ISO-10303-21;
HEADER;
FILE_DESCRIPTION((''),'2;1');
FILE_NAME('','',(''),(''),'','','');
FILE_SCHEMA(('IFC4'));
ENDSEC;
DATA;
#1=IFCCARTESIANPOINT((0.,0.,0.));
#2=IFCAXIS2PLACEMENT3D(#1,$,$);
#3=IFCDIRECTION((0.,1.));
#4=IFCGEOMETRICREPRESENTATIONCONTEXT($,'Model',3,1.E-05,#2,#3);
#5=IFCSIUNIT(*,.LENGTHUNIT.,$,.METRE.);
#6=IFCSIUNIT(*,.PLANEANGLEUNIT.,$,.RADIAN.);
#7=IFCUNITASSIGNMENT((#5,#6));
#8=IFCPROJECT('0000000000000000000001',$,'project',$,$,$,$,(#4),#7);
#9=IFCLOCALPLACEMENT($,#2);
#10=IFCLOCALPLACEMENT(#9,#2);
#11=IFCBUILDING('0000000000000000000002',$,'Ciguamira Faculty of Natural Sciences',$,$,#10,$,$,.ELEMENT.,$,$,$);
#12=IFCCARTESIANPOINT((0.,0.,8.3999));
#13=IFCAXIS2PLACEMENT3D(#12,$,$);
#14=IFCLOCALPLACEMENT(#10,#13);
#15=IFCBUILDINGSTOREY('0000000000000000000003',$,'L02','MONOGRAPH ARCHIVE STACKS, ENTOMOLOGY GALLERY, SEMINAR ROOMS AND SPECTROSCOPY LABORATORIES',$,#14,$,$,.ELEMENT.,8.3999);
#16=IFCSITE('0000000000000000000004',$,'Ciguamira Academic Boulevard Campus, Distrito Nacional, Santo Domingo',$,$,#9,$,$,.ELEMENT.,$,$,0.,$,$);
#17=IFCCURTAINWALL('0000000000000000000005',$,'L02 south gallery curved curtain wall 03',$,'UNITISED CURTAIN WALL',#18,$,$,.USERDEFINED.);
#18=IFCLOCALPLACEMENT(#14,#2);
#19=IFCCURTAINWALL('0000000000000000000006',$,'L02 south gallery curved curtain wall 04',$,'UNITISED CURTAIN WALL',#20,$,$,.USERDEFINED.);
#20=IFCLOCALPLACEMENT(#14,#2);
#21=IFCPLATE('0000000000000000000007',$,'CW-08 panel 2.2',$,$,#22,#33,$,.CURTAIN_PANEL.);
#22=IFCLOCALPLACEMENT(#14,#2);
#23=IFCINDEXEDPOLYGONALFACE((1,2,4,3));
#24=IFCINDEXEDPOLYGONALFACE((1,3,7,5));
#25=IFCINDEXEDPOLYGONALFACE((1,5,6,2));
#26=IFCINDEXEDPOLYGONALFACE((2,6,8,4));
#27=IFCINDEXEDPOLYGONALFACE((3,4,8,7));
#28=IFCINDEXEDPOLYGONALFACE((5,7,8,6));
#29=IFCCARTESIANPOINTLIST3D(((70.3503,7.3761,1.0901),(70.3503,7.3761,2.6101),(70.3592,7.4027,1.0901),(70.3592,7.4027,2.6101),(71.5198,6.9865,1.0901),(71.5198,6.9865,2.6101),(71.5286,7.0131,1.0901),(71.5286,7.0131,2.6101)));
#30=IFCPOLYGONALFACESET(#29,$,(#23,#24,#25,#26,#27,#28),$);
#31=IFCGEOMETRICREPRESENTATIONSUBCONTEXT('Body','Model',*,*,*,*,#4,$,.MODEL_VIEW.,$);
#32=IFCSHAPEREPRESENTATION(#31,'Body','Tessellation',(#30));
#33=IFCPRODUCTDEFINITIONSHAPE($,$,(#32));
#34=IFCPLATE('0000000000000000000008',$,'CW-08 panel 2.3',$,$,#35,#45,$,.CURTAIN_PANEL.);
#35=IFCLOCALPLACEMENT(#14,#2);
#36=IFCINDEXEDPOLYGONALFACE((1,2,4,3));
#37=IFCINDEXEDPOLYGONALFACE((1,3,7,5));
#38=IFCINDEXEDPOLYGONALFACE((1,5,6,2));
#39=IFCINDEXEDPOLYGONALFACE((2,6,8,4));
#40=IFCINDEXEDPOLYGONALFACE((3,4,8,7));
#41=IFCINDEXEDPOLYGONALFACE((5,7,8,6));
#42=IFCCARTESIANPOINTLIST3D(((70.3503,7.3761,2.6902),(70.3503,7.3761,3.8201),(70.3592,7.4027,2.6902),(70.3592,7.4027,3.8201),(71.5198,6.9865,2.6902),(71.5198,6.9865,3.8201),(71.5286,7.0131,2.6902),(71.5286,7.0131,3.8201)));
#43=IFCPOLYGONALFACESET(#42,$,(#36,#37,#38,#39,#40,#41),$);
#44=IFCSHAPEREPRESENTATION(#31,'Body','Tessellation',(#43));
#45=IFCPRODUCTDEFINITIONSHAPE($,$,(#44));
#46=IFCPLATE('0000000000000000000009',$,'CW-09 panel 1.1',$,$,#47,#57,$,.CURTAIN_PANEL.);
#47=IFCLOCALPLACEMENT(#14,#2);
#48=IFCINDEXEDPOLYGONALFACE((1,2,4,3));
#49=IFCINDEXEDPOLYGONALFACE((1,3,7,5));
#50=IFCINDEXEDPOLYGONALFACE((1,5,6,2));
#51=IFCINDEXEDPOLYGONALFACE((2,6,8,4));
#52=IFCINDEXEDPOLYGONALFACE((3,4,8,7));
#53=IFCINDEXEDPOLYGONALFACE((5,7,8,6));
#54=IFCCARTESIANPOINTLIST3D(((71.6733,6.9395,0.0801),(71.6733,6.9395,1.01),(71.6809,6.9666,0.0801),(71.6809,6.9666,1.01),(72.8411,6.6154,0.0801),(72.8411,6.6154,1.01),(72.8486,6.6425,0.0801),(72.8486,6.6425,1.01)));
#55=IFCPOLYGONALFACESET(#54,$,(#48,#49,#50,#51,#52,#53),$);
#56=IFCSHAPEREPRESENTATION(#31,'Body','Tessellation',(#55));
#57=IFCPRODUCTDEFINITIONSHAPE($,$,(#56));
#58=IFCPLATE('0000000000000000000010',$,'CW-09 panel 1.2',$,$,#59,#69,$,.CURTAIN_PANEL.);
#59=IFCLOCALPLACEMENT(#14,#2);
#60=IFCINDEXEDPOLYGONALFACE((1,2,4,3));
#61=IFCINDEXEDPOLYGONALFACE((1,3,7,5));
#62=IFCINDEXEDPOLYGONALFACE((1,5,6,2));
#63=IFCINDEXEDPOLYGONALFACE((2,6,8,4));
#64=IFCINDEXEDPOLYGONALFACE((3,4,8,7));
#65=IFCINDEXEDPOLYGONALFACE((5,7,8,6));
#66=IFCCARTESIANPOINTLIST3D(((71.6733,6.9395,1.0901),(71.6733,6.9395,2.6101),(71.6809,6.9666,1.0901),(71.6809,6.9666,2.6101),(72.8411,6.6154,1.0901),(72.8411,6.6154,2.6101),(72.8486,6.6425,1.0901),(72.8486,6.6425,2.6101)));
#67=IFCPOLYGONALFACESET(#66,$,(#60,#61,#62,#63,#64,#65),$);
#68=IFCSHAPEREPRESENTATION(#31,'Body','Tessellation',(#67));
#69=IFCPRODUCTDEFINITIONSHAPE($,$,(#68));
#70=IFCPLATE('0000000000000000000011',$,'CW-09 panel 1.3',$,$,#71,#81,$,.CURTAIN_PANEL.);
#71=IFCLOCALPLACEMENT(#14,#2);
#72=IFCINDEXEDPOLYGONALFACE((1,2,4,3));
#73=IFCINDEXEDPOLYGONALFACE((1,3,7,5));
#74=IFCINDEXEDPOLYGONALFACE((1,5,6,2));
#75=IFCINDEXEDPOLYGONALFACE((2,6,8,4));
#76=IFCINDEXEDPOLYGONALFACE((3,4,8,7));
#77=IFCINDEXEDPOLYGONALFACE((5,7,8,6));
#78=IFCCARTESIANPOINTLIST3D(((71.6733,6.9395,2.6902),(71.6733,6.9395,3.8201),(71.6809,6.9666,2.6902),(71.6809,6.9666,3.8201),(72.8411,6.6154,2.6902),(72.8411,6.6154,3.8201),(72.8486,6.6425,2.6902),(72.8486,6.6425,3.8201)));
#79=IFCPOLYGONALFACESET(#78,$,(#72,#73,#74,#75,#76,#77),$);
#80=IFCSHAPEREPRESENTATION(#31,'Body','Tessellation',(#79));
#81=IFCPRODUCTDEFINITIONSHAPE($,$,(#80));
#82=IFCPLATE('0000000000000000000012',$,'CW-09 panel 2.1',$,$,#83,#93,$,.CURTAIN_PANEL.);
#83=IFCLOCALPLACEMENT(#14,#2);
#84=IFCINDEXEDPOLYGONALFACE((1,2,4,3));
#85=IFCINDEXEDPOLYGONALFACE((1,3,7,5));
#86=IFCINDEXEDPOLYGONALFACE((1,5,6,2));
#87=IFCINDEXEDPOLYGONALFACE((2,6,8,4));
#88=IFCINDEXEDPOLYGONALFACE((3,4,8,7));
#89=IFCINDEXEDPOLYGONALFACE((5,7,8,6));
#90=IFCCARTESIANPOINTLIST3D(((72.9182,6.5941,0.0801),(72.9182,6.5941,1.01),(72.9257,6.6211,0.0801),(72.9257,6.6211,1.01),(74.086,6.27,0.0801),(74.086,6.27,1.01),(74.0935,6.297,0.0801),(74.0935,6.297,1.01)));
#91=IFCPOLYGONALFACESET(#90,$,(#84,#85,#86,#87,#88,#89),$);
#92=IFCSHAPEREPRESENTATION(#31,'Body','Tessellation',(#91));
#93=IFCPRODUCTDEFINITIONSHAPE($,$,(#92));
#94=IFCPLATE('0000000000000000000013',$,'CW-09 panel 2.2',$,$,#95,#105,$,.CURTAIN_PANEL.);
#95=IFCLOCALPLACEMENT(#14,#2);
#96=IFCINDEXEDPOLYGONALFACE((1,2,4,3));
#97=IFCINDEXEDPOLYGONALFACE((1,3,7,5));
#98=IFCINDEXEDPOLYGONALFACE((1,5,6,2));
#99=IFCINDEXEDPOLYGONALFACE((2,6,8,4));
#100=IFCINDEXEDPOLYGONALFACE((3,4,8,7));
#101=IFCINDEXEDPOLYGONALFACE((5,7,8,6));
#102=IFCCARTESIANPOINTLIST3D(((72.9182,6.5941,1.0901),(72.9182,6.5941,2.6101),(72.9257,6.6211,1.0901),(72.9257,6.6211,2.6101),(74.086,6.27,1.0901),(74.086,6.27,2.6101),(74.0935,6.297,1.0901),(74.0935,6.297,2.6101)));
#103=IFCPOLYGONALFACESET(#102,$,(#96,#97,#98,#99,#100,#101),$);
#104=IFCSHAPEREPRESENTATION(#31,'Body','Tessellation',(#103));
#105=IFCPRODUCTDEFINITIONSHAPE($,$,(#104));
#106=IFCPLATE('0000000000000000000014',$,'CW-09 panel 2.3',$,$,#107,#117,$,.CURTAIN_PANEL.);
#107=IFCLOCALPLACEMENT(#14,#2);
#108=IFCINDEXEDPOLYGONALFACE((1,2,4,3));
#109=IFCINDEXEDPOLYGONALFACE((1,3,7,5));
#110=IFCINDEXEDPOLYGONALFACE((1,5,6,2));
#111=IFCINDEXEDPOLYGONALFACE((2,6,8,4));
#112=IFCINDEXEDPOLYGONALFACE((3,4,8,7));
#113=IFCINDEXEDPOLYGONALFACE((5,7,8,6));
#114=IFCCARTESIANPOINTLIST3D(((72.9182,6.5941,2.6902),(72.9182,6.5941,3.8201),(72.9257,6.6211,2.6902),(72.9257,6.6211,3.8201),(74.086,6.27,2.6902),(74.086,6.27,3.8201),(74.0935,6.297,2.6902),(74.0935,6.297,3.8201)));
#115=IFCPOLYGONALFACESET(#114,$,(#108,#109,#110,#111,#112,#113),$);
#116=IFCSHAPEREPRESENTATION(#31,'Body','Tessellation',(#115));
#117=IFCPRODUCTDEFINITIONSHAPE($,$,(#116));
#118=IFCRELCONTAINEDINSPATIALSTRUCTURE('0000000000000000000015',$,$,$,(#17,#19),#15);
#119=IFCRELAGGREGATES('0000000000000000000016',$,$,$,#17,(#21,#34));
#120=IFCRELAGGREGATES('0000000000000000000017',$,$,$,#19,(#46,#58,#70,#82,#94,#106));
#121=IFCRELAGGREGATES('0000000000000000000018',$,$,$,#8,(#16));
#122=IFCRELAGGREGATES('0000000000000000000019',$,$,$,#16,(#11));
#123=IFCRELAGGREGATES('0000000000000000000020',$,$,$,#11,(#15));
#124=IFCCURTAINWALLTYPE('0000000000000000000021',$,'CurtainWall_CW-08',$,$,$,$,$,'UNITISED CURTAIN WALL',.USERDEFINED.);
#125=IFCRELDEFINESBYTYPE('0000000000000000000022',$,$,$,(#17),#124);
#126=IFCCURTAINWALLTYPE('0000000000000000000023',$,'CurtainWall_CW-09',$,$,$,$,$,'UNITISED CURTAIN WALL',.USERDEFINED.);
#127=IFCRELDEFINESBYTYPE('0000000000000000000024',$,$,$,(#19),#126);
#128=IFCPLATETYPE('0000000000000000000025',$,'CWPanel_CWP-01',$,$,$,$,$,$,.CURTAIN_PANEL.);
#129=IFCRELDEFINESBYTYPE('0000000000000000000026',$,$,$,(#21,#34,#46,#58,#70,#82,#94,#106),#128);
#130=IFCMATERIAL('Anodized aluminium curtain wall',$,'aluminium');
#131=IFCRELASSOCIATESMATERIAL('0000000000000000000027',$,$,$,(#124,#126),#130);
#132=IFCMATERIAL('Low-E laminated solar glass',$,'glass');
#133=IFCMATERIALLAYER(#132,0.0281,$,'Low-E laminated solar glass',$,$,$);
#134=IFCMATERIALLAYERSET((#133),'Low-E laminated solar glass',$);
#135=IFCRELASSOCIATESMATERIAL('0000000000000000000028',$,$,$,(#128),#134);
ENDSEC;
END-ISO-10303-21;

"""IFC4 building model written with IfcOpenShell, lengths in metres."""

from ifc_helpers import new_model, si_unit, direction, frame, origin, origin_2d, place, context, subcontext, project, spatial, rectangle, extrude, material, layer, layer_set, type_object, element, aggregate, save


model = new_model("IFC4")

# Units and contexts
model_context = context("Model", 3, precision=1e-05, world=origin(), true_north=direction((0.0, 1.0)))
body_context = subcontext(model_context, "Body", "Model", "MODEL_VIEW")
ifc_project = project(units=[si_unit("LENGTHUNIT", "METRE"), si_unit("PLANEANGLEUNIT", "RADIAN")], contexts=[model_context])

# Site, building, storey
site_placement = place(None, origin())
site = spatial("IfcSite", under=ifc_project, at=site_placement, Name="Ciguamira Academic Boulevard Campus, Distrito Nacional, Santo Domingo", CompositionType="ELEMENT", RefElevation=0.0)
building_placement = place(site_placement, origin())
building = spatial("IfcBuilding", under=site, at=building_placement, Name="Ciguamira Faculty of Natural Sciences", CompositionType="ELEMENT")
storey_placement = place(building_placement, frame((0.0, 0.0, 8.3999)))
storey = spatial("IfcBuildingStorey", under=building, at=storey_placement, Name="L02", Description="MONOGRAPH ARCHIVE STACKS, ENTOMOLOGY GALLERY, SEMINAR ROOMS AND SPECTROSCOPY LABORATORIES", CompositionType="ELEMENT", Elevation=8.3999)

# Curtain wall
ifc_material_1 = material(Name="Anodized aluminium curtain wall", Category="aluminium")
curtain_wall_type_1 = type_object("IfcCurtainWallType", Name="CurtainWall_CW-08", ElementType="UNITISED CURTAIN WALL", PredefinedType="USERDEFINED", material=ifc_material_1)
curtain_wall_1_placement = place(storey_placement, origin())
curtain_wall_1 = element("IfcCurtainWall", 1, at=curtain_wall_1_placement, inside=storey, type_object=curtain_wall_type_1, Name="L02 south gallery curved curtain wall 03", ObjectType="UNITISED CURTAIN WALL", PredefinedType="USERDEFINED")

# Curtain wall
curtain_wall_type_2 = type_object("IfcCurtainWallType", Name="CurtainWall_CW-09", ElementType="UNITISED CURTAIN WALL", PredefinedType="USERDEFINED", material=ifc_material_1)
curtain_wall_2_placement = place(storey_placement, origin())
curtain_wall_2 = element("IfcCurtainWall", 2, at=curtain_wall_2_placement, inside=storey, type_object=curtain_wall_type_2, Name="L02 south gallery curved curtain wall 04", ObjectType="UNITISED CURTAIN WALL", PredefinedType="USERDEFINED")

# Plates
ifc_material_2 = material(Name="Low-E laminated solar glass", Category="glass")
ifc_layer = layer(ifc_material_2, 0.0281, Name="Low-E laminated solar glass")
ifc_layer_set = layer_set([ifc_layer], Name="Low-E laminated solar glass")
plate_type = type_object("IfcPlateType", Name="CWPanel_CWP-01", PredefinedType="CURTAIN_PANEL", material=ifc_layer_set)
plate_1_placement = place(storey_placement, frame((70.9395, 7.1946, 1.0901), z_axis=(0.0, 0.0, 1.0), x_axis=(0.948735, -0.316073, 0.0)))
plate_1 = element("IfcPlate", 3, at=plate_1_placement, type_object=plate_type, Name="CW-08 panel 2.2", PredefinedType="CURTAIN_PANEL", context=body_context, shape_type="SweptSolid", body=[
    extrude(rectangle(XDim=1.2327, YDim=0.0281, at=origin_2d()), origin(), (0.0, 0.0, 1.0), 1.52),
])
plate_2_placement = place(storey_placement, frame((70.9395, 7.1946, 2.6902), z_axis=(0.0, 0.0, 1.0), x_axis=(0.948735, -0.316073, 0.0)))
plate_2 = element("IfcPlate", 4, at=plate_2_placement, type_object=plate_type, Name="CW-08 panel 2.3", PredefinedType="CURTAIN_PANEL", context=body_context, shape_type="SweptSolid", body=[
    extrude(rectangle(XDim=1.2327, YDim=0.0281, at=origin_2d()), origin(), (0.0, 0.0, 1.0), 1.1299),
])
aggregate(curtain_wall_1, [plate_1, plate_2])
plate_3_placement = place(storey_placement, frame((72.261, 6.791, 0.0801), z_axis=(0.0, 0.0, 1.0), x_axis=(0.963573, -0.267444, 0.0)))
plate_3 = element("IfcPlate", 5, at=plate_3_placement, type_object=plate_type, Name="CW-09 panel 1.1", PredefinedType="CURTAIN_PANEL", context=body_context, shape_type="SweptSolid", body=[
    extrude(rectangle(XDim=1.2119, YDim=0.0281, at=origin_2d()), origin(), (0.0, 0.0, 1.0), 0.9299),
])
plate_4_placement = place(storey_placement, frame((72.261, 6.791, 1.0901), z_axis=(0.0, 0.0, 1.0), x_axis=(0.963573, -0.267444, 0.0)))
plate_4 = element("IfcPlate", 6, at=plate_4_placement, type_object=plate_type, Name="CW-09 panel 1.2", PredefinedType="CURTAIN_PANEL", context=body_context, shape_type="SweptSolid", body=[
    extrude(rectangle(XDim=1.2119, YDim=0.0281, at=origin_2d()), origin(), (0.0, 0.0, 1.0), 1.52),
])
plate_5_placement = place(storey_placement, frame((72.261, 6.791, 2.6902), z_axis=(0.0, 0.0, 1.0), x_axis=(0.963573, -0.267444, 0.0)))
plate_5 = element("IfcPlate", 7, at=plate_5_placement, type_object=plate_type, Name="CW-09 panel 1.3", PredefinedType="CURTAIN_PANEL", context=body_context, shape_type="SweptSolid", body=[
    extrude(rectangle(XDim=1.2119, YDim=0.0281, at=origin_2d()), origin(), (0.0, 0.0, 1.0), 1.1299),
])
plate_6_placement = place(storey_placement, frame((73.5059, 6.4456, 0.0801), z_axis=(0.0, 0.0, 1.0), x_axis=(0.963573, -0.267444, 0.0)))
plate_6 = element("IfcPlate", 8, at=plate_6_placement, type_object=plate_type, Name="CW-09 panel 2.1", PredefinedType="CURTAIN_PANEL", context=body_context, shape_type="SweptSolid", body=[
    extrude(rectangle(XDim=1.2119, YDim=0.0281, at=origin_2d()), origin(), (0.0, 0.0, 1.0), 0.9299),
])
plate_7_placement = place(storey_placement, frame((73.5059, 6.4456, 1.0901), z_axis=(0.0, 0.0, 1.0), x_axis=(0.963573, -0.267444, 0.0)))
plate_7 = element("IfcPlate", 9, at=plate_7_placement, type_object=plate_type, Name="CW-09 panel 2.2", PredefinedType="CURTAIN_PANEL", context=body_context, shape_type="SweptSolid", body=[
    extrude(rectangle(XDim=1.2119, YDim=0.0281, at=origin_2d()), origin(), (0.0, 0.0, 1.0), 1.52),
])
plate_8_placement = place(storey_placement, frame((73.5059, 6.4456, 2.6902), z_axis=(0.0, 0.0, 1.0), x_axis=(0.963573, -0.267444, 0.0)))
plate_8 = element("IfcPlate", 10, at=plate_8_placement, type_object=plate_type, Name="CW-09 panel 2.3", PredefinedType="CURTAIN_PANEL", context=body_context, shape_type="SweptSolid", body=[
    extrude(rectangle(XDim=1.2119, YDim=0.0281, at=origin_2d()), origin(), (0.0, 0.0, 1.0), 1.1299),
])
aggregate(curtain_wall_2, [plate_3, plate_4, plate_5, plate_6, plate_7, plate_8])

save(model, "model.ifc")
